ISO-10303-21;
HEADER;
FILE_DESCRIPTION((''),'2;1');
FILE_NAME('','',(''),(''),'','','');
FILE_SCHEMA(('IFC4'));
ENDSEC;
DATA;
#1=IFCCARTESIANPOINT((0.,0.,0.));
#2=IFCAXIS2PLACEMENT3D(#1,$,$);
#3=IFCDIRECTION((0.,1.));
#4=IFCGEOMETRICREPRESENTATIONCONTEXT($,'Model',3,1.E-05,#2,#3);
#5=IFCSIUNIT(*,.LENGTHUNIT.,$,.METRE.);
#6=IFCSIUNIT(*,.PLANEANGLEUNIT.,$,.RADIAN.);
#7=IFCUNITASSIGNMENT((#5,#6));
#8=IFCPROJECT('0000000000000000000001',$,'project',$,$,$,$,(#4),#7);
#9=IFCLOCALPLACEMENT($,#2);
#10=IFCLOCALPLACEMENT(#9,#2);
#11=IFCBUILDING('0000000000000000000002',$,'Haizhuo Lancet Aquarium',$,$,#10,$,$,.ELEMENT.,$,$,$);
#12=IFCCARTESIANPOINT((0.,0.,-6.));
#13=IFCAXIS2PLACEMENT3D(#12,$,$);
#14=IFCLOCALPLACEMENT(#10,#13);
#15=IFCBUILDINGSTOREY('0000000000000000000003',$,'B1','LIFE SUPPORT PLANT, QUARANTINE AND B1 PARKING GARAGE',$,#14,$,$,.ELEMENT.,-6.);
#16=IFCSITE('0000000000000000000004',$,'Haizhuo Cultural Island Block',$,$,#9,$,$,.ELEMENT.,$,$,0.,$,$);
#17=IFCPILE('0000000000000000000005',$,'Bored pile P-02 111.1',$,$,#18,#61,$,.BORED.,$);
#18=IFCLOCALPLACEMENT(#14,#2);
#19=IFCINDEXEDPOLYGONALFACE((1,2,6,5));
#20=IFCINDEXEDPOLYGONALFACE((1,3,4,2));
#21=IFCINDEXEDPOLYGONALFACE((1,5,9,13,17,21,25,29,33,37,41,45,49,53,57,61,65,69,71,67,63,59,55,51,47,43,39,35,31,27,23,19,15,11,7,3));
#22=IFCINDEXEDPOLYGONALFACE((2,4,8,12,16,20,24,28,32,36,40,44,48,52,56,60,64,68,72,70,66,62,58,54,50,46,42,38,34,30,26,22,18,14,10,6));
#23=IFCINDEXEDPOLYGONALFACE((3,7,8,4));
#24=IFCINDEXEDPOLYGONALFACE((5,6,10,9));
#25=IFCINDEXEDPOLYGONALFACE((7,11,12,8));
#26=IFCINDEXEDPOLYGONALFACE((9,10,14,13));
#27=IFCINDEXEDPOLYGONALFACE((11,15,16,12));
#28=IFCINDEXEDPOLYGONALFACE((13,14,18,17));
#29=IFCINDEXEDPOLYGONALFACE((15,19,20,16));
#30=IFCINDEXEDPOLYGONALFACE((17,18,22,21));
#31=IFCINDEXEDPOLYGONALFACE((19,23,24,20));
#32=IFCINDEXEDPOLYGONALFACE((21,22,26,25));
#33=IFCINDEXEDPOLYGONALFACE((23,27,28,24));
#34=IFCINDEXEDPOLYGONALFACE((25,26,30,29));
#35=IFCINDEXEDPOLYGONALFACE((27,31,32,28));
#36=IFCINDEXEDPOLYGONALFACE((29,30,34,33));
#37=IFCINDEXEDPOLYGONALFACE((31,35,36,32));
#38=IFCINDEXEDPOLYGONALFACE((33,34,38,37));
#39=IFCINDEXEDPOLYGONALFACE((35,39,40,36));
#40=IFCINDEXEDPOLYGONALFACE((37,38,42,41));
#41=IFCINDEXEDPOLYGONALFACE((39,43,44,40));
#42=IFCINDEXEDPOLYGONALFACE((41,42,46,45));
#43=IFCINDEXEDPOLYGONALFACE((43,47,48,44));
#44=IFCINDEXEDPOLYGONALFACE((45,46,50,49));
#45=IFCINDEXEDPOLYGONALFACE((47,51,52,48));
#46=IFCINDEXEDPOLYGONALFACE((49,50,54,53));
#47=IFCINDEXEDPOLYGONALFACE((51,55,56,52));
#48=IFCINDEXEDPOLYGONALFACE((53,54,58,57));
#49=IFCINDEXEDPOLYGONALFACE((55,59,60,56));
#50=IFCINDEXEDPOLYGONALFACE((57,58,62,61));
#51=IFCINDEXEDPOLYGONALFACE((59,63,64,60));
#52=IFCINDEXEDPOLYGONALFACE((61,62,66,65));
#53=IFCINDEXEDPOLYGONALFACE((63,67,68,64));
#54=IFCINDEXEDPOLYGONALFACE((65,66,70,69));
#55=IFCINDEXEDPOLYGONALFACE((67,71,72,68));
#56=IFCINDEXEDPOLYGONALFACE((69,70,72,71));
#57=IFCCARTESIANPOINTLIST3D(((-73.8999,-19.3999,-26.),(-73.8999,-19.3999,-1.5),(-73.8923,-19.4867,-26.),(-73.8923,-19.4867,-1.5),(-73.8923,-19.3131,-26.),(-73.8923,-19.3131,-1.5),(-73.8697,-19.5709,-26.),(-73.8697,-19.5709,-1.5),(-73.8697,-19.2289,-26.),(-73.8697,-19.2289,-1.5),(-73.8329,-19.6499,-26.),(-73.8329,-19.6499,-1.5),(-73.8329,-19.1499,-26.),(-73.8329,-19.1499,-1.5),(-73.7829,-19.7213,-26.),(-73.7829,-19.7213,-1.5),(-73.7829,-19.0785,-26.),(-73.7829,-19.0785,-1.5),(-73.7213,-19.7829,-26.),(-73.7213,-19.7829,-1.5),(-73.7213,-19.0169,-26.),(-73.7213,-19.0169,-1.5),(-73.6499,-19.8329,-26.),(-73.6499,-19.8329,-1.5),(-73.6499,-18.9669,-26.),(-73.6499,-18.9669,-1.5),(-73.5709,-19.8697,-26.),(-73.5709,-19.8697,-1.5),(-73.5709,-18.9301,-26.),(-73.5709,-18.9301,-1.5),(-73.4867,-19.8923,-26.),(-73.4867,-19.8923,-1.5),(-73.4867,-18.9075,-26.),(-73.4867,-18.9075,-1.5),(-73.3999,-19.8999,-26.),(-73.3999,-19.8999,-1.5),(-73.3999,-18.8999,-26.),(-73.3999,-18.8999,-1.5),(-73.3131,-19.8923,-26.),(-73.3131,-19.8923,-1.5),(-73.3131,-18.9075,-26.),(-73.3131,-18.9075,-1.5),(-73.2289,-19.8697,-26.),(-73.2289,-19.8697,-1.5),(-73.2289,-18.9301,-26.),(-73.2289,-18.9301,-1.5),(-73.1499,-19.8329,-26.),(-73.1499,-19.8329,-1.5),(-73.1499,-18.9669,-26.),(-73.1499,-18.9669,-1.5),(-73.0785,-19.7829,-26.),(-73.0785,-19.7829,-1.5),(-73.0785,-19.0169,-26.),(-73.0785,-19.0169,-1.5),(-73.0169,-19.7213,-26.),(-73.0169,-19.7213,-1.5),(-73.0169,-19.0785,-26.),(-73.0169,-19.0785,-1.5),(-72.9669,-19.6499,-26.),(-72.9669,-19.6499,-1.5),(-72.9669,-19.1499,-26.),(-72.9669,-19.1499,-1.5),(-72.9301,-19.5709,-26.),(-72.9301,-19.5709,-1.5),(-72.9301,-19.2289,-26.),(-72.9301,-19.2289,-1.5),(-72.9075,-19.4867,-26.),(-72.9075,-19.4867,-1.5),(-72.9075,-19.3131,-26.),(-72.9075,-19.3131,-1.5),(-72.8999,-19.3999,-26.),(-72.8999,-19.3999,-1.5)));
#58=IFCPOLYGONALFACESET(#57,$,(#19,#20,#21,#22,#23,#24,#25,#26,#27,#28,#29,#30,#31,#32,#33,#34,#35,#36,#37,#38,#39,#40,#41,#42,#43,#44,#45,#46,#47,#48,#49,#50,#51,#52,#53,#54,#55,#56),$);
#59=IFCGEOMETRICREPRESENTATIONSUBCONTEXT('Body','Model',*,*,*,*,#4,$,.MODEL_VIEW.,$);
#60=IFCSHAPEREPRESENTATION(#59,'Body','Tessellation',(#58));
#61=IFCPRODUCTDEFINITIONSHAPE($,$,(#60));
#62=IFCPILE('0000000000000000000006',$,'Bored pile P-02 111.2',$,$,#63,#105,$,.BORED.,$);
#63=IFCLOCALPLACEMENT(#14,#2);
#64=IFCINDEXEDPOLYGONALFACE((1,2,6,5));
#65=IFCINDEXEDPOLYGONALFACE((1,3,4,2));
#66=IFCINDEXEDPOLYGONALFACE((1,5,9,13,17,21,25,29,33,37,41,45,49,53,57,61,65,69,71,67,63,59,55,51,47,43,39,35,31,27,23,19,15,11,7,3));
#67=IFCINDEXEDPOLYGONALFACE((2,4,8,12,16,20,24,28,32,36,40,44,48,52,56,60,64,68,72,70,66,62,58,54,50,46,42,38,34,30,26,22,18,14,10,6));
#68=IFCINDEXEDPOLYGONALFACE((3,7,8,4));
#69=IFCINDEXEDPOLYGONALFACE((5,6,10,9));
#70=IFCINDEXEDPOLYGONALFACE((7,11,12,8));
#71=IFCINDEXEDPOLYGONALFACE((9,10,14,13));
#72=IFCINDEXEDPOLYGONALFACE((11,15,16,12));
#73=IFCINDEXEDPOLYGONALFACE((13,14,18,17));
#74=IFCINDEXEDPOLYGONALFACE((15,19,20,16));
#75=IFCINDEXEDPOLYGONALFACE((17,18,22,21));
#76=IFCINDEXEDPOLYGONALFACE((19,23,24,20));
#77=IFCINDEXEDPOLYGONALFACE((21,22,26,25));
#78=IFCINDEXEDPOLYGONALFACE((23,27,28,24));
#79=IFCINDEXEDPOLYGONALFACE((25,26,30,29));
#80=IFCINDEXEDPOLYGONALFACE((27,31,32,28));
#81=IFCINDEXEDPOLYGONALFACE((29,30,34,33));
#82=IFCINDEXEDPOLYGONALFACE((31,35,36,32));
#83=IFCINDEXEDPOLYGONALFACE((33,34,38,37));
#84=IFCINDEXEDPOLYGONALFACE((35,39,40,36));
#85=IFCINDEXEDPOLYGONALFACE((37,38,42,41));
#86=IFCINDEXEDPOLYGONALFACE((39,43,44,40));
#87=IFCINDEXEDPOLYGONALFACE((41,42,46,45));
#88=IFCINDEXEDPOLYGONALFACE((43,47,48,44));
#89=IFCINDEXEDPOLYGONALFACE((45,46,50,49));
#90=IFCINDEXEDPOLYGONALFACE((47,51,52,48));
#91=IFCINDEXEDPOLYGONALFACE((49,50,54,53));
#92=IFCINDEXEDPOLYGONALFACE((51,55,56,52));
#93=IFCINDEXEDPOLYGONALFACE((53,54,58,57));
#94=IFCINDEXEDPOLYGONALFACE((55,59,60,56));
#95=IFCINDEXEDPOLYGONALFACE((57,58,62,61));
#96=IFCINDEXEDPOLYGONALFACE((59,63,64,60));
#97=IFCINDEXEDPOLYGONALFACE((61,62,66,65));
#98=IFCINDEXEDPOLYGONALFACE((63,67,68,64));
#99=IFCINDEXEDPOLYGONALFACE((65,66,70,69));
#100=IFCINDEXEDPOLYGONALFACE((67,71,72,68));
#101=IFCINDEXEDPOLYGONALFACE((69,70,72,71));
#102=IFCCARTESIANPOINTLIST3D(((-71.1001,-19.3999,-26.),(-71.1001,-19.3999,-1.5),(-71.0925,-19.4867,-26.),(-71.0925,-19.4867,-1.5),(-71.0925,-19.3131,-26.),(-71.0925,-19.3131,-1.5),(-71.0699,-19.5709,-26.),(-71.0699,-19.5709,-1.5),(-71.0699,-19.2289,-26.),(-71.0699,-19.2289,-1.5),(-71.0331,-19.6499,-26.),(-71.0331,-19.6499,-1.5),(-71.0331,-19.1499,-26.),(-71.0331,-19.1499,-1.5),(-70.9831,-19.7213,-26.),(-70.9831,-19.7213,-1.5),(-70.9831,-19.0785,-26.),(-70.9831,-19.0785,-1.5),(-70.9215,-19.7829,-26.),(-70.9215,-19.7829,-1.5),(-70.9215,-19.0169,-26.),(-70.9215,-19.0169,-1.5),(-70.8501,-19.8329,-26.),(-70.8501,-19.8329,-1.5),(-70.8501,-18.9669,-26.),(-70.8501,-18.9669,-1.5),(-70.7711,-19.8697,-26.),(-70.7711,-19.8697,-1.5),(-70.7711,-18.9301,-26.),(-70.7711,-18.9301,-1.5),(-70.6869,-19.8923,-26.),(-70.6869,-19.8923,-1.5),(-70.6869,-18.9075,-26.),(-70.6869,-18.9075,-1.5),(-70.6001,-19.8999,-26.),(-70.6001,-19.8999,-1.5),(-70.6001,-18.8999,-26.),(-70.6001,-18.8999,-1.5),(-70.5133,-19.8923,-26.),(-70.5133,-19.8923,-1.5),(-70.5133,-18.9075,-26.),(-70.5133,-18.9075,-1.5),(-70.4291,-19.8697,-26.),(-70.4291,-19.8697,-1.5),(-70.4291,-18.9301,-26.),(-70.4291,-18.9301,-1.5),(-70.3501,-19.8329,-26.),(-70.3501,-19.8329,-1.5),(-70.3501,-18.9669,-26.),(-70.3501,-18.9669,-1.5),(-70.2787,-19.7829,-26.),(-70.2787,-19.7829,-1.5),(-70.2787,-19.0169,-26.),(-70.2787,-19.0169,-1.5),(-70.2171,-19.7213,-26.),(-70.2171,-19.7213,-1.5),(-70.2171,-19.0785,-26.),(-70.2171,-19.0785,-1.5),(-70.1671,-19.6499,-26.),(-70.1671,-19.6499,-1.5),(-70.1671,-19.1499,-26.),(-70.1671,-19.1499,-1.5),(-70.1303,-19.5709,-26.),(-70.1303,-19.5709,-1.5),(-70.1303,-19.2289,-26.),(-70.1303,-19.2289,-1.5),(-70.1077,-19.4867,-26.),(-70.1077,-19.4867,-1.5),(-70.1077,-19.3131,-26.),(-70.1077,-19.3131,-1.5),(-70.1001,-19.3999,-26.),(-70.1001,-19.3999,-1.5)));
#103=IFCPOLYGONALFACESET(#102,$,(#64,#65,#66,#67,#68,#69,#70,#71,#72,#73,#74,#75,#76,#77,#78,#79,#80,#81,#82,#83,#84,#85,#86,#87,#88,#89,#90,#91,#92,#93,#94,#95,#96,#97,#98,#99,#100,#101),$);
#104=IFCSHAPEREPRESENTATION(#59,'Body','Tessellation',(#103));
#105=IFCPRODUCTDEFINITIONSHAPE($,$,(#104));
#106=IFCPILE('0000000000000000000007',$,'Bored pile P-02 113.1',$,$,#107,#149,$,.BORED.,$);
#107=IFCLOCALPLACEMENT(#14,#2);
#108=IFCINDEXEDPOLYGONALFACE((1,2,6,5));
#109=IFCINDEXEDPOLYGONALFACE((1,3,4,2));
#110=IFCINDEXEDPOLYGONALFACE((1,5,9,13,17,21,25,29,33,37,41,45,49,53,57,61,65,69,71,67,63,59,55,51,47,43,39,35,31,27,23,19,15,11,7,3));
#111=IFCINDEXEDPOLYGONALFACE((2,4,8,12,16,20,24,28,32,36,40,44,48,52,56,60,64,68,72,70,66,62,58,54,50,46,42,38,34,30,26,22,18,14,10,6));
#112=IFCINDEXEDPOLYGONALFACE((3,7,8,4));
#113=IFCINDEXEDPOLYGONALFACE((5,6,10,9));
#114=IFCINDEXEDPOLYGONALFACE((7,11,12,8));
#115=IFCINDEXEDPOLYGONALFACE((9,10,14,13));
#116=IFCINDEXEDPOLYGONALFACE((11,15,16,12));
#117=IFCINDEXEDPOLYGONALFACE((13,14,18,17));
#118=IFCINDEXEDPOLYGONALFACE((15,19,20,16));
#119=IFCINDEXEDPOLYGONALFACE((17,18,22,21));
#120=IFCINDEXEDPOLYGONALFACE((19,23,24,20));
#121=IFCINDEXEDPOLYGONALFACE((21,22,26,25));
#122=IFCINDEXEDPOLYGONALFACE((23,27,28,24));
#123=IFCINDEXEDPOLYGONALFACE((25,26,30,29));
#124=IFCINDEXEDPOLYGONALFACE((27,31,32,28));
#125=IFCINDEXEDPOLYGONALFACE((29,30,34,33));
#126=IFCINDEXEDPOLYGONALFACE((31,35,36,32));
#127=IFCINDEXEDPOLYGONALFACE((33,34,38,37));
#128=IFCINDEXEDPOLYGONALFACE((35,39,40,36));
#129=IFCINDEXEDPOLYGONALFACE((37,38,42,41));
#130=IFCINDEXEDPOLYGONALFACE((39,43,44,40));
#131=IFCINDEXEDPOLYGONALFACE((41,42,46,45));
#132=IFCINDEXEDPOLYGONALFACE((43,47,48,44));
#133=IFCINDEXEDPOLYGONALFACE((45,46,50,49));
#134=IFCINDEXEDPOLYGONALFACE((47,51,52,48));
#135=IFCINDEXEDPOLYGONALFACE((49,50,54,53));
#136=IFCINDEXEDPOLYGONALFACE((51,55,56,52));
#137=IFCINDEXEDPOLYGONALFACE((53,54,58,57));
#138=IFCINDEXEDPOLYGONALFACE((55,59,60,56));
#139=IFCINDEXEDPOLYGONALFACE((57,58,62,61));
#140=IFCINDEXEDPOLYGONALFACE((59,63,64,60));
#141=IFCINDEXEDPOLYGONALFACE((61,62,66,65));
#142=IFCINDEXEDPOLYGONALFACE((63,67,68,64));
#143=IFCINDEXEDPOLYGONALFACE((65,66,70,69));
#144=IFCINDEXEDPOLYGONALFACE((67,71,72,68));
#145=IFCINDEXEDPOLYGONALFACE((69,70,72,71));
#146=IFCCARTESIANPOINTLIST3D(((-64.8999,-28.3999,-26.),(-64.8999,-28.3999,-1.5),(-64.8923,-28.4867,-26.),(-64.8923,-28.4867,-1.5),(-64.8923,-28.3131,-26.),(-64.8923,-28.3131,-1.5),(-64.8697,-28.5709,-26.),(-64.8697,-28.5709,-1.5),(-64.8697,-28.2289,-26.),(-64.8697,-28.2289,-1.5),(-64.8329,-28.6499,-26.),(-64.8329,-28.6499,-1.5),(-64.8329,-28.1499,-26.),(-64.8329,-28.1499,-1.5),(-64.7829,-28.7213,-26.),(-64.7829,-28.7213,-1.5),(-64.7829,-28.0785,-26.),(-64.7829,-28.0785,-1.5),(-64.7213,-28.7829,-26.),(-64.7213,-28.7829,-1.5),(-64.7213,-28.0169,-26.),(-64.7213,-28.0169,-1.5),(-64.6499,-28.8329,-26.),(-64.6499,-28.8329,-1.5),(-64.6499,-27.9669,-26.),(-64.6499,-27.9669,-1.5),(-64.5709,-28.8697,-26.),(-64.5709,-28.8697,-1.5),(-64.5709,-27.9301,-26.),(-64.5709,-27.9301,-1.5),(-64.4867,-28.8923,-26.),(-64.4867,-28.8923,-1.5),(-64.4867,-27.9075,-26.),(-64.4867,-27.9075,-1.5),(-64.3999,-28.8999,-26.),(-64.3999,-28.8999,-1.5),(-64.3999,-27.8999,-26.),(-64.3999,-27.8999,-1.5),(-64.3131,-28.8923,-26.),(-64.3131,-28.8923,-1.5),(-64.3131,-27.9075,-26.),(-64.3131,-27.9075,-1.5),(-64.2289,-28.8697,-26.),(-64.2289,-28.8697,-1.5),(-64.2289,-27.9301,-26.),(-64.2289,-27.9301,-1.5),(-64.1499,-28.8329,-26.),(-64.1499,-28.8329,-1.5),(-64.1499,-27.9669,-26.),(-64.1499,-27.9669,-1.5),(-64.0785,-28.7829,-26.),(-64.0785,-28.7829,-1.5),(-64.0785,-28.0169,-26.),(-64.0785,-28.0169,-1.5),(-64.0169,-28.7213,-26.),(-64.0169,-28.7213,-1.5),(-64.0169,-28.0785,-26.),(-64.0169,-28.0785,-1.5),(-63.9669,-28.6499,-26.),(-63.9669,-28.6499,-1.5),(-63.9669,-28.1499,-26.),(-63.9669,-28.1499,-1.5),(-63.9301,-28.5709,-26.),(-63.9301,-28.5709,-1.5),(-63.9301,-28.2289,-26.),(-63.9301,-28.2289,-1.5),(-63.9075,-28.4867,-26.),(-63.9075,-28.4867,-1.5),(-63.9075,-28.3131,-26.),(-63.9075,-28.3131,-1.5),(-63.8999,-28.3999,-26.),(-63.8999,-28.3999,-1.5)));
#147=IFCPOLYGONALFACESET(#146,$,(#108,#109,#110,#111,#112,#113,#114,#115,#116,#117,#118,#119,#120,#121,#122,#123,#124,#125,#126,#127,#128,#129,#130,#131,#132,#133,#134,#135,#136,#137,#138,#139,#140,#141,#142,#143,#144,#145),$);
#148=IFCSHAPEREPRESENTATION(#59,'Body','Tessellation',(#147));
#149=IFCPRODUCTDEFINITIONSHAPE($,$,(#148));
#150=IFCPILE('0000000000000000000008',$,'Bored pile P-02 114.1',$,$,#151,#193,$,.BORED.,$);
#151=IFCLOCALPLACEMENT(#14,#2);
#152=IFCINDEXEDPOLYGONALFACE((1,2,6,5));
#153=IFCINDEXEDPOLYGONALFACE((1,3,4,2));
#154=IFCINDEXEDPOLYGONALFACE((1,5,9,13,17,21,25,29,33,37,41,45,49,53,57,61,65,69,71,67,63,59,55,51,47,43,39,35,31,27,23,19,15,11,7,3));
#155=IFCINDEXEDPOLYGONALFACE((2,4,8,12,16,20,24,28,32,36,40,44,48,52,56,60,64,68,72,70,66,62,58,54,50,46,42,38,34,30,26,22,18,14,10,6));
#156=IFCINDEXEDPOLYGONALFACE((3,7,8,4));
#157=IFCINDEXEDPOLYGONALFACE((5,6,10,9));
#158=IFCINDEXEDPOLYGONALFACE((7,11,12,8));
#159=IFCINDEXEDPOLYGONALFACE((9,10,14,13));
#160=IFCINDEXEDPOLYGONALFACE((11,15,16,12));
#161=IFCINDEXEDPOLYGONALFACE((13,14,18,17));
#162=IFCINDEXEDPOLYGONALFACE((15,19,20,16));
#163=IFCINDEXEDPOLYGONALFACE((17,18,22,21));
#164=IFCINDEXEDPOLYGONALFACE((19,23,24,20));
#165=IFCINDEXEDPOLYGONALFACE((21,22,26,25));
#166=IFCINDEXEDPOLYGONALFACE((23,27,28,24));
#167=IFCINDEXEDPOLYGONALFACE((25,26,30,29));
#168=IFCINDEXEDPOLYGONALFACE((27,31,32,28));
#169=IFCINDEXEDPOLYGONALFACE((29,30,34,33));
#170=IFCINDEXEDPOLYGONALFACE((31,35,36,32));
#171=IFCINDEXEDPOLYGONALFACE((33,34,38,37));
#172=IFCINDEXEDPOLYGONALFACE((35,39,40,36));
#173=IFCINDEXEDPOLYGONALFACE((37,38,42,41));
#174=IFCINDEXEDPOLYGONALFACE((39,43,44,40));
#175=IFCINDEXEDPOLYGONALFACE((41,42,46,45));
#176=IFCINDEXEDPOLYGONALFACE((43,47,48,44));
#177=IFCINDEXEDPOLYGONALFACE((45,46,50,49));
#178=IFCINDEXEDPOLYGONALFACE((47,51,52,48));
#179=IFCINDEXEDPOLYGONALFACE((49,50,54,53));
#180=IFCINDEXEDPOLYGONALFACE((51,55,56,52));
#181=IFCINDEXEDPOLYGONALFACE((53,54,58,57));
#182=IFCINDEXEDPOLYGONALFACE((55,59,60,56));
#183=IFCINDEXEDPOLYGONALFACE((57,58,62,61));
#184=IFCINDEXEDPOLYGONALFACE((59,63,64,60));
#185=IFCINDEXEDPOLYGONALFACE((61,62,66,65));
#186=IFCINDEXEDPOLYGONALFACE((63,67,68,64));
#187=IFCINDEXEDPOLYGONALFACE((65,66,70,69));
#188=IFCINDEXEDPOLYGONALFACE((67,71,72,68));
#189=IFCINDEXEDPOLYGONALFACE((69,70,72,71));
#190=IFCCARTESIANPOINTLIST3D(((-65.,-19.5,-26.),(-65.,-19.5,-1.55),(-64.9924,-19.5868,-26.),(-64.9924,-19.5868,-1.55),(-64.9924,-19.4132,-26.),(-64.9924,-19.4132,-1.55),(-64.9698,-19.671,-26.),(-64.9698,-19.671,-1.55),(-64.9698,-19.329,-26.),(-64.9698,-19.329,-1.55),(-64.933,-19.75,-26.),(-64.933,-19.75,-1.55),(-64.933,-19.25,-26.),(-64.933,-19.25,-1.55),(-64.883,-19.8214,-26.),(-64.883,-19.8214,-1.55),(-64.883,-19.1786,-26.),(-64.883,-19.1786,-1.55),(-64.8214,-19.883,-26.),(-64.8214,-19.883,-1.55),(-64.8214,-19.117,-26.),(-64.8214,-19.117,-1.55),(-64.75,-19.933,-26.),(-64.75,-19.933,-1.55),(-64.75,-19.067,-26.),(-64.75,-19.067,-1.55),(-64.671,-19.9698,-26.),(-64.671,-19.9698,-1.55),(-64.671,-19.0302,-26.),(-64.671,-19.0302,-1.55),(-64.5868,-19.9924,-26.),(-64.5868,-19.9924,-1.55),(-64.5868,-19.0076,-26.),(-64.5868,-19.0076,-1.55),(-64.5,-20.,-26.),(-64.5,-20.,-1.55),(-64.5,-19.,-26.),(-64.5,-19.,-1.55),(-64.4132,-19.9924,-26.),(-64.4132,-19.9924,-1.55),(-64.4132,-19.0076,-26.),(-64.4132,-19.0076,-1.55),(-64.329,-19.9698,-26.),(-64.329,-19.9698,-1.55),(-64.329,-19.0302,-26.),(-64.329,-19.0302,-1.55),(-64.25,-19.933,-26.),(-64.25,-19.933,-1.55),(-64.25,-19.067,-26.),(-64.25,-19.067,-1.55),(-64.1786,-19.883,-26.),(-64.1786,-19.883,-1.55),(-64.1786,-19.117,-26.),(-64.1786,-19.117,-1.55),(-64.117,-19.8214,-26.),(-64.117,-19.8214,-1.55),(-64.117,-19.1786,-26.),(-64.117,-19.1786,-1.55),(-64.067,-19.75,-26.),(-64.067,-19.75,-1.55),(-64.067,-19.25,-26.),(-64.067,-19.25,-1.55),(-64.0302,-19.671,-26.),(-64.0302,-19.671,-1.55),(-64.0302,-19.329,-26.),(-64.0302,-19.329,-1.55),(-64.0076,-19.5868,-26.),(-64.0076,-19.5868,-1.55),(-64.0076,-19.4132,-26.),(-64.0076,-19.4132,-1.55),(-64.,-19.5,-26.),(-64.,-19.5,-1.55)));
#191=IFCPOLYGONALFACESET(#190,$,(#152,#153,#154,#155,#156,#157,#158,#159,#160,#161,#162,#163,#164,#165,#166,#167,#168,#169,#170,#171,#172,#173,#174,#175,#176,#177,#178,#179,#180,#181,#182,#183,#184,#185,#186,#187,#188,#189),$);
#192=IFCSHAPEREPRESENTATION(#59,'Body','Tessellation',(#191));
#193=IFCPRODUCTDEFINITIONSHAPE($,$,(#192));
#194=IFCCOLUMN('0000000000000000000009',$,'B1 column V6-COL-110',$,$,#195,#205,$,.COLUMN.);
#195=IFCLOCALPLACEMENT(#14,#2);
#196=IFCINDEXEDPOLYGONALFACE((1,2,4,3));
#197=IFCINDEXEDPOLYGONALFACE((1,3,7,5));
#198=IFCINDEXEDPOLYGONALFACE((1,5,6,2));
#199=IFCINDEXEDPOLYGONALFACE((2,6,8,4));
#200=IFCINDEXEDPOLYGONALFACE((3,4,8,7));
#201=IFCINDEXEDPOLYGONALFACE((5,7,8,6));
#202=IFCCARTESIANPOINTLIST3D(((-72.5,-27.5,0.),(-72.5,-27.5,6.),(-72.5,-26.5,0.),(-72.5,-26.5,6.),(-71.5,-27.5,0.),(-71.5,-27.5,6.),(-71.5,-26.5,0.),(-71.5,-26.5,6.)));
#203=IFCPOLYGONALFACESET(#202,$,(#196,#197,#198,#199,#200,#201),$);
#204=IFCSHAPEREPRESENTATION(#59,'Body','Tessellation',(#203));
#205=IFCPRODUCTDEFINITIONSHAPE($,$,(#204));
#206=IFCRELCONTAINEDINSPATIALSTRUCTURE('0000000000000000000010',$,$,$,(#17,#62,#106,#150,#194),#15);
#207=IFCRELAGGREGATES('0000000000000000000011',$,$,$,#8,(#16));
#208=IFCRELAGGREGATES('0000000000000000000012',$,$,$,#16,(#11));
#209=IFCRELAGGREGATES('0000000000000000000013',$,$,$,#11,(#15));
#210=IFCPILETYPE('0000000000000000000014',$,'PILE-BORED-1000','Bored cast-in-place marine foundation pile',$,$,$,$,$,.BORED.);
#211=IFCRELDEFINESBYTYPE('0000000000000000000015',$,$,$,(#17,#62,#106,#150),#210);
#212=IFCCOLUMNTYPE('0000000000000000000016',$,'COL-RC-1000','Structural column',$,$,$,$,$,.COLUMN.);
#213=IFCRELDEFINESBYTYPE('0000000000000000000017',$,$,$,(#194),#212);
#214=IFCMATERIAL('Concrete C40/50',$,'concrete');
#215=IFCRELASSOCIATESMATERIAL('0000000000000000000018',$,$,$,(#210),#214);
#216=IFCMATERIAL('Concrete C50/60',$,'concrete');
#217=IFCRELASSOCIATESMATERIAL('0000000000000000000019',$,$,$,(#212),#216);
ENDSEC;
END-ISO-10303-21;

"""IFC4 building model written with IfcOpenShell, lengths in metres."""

from ifc_helpers import new_model, si_unit, direction, frame, origin, origin_2d, place, context, subcontext, project, spatial, rectangle, circle, extrude, material, material_profile, profile_set, type_object, element, save


model = new_model("IFC4")

# Units and contexts
model_context = context("Model", 3, precision=1e-05, world=origin(), true_north=direction((0.0, 1.0)))
body_context = subcontext(model_context, "Body", "Model", "MODEL_VIEW")
ifc_project = project(units=[si_unit("LENGTHUNIT", "METRE"), si_unit("PLANEANGLEUNIT", "RADIAN")], contexts=[model_context])

# Site, building, storey
site_placement = place(None, origin())
site = spatial("IfcSite", under=ifc_project, at=site_placement, Name="Haizhuo Cultural Island Block", CompositionType="ELEMENT", RefElevation=0.0)
building_placement = place(site_placement, origin())
building = spatial("IfcBuilding", under=site, at=building_placement, Name="Haizhuo Lancet Aquarium", CompositionType="ELEMENT")
storey_placement = place(building_placement, frame((0.0, 0.0, -6.0)))
storey = spatial("IfcBuildingStorey", under=building, at=storey_placement, Name="B1", Description="LIFE SUPPORT PLANT, QUARANTINE AND B1 PARKING GARAGE", CompositionType="ELEMENT", Elevation=-6.0)

# Shared definitions
ifc_material_1 = material(Name="Concrete C40/50", Category="concrete")

# Piles
ifc_material_profile_1 = material_profile(ifc_material_1, circle(Radius=0.5, at=origin_2d()), Name="PILE-1000")
ifc_profile_set_1 = profile_set([ifc_material_profile_1], Name="Concrete C40/50")
pile_type = type_object("IfcPileType", Name="PILE-BORED-1000", Description="Bored cast-in-place marine foundation pile", PredefinedType="BORED", material=ifc_profile_set_1)
for number, where, z_axis, x_axis, name in (
    (1, (-73.3999, -19.3999, -1.5), (0.0, 0.0, -1.0), (1.0, 0.0, 0.0), "Bored pile P-02 111.1"),
    (2, (-70.6001, -19.3999, -1.5), (0.0, 0.0, -1.0), (1.0, 0.0, 0.0), "Bored pile P-02 111.2"),
    (3, (-64.3999, -28.3999, -1.5), (0.0, 0.0, -1.0), (1.0, 0.0, 0.0), "Bored pile P-02 113.1"),
):
    element("IfcPile", number, at=place(storey_placement, frame(where, z_axis=z_axis, x_axis=x_axis)), inside=storey, type_object=pile_type, Name=name, PredefinedType="BORED", context=body_context, shape_type="SweptSolid", body=[
        extrude(circle(Radius=0.5, at=origin_2d()), origin(), (0.0, 0.0, 1.0), 24.5),
    ])
pile_placement = place(storey_placement, frame((-64.5, -19.5, -1.55), z_axis=(0.0, 0.0, -1.0), x_axis=(1.0, 0.0, 0.0)))
element("IfcPile", 4, at=pile_placement, inside=storey, type_object=pile_type, Name="Bored pile P-02 114.1", PredefinedType="BORED", context=body_context, shape_type="SweptSolid", body=[
    extrude(circle(Radius=0.5, at=origin_2d()), origin(), (0.0, 0.0, 1.0), 24.45),
])

# Column
ifc_material_2 = material(Name="Concrete C50/60", Category="concrete")
ifc_material_profile_2 = material_profile(ifc_material_2, rectangle(XDim=1.0, YDim=1.0, at=origin_2d()), Name="RC-COL 1000x1000")
ifc_profile_set_2 = profile_set([ifc_material_profile_2], Name="Concrete C50/60")
column_type_1 = type_object("IfcColumnType", Name="COL-RC-1000", Description="Structural column", PredefinedType="COLUMN", material=ifc_profile_set_2)
for number, where, z_axis, x_axis, name in (
    (5, (-72.0, -27.0, 0.0), (0.0, 0.0, 1.0), (1.0, 0.0, 0.0), "B1 column V6-COL-110"),
):
    element("IfcColumn", number, at=place(storey_placement, frame(where, z_axis=z_axis, x_axis=x_axis)), inside=storey, type_object=column_type_1, Name=name, PredefinedType="COLUMN", context=body_context, shape_type="SweptSolid", body=[
        extrude(rectangle(XDim=1.0, YDim=1.0, at=origin_2d()), origin(), (0.0, 0.0, 1.0), 6.0),
    ])

save(model, "model.ifc")
